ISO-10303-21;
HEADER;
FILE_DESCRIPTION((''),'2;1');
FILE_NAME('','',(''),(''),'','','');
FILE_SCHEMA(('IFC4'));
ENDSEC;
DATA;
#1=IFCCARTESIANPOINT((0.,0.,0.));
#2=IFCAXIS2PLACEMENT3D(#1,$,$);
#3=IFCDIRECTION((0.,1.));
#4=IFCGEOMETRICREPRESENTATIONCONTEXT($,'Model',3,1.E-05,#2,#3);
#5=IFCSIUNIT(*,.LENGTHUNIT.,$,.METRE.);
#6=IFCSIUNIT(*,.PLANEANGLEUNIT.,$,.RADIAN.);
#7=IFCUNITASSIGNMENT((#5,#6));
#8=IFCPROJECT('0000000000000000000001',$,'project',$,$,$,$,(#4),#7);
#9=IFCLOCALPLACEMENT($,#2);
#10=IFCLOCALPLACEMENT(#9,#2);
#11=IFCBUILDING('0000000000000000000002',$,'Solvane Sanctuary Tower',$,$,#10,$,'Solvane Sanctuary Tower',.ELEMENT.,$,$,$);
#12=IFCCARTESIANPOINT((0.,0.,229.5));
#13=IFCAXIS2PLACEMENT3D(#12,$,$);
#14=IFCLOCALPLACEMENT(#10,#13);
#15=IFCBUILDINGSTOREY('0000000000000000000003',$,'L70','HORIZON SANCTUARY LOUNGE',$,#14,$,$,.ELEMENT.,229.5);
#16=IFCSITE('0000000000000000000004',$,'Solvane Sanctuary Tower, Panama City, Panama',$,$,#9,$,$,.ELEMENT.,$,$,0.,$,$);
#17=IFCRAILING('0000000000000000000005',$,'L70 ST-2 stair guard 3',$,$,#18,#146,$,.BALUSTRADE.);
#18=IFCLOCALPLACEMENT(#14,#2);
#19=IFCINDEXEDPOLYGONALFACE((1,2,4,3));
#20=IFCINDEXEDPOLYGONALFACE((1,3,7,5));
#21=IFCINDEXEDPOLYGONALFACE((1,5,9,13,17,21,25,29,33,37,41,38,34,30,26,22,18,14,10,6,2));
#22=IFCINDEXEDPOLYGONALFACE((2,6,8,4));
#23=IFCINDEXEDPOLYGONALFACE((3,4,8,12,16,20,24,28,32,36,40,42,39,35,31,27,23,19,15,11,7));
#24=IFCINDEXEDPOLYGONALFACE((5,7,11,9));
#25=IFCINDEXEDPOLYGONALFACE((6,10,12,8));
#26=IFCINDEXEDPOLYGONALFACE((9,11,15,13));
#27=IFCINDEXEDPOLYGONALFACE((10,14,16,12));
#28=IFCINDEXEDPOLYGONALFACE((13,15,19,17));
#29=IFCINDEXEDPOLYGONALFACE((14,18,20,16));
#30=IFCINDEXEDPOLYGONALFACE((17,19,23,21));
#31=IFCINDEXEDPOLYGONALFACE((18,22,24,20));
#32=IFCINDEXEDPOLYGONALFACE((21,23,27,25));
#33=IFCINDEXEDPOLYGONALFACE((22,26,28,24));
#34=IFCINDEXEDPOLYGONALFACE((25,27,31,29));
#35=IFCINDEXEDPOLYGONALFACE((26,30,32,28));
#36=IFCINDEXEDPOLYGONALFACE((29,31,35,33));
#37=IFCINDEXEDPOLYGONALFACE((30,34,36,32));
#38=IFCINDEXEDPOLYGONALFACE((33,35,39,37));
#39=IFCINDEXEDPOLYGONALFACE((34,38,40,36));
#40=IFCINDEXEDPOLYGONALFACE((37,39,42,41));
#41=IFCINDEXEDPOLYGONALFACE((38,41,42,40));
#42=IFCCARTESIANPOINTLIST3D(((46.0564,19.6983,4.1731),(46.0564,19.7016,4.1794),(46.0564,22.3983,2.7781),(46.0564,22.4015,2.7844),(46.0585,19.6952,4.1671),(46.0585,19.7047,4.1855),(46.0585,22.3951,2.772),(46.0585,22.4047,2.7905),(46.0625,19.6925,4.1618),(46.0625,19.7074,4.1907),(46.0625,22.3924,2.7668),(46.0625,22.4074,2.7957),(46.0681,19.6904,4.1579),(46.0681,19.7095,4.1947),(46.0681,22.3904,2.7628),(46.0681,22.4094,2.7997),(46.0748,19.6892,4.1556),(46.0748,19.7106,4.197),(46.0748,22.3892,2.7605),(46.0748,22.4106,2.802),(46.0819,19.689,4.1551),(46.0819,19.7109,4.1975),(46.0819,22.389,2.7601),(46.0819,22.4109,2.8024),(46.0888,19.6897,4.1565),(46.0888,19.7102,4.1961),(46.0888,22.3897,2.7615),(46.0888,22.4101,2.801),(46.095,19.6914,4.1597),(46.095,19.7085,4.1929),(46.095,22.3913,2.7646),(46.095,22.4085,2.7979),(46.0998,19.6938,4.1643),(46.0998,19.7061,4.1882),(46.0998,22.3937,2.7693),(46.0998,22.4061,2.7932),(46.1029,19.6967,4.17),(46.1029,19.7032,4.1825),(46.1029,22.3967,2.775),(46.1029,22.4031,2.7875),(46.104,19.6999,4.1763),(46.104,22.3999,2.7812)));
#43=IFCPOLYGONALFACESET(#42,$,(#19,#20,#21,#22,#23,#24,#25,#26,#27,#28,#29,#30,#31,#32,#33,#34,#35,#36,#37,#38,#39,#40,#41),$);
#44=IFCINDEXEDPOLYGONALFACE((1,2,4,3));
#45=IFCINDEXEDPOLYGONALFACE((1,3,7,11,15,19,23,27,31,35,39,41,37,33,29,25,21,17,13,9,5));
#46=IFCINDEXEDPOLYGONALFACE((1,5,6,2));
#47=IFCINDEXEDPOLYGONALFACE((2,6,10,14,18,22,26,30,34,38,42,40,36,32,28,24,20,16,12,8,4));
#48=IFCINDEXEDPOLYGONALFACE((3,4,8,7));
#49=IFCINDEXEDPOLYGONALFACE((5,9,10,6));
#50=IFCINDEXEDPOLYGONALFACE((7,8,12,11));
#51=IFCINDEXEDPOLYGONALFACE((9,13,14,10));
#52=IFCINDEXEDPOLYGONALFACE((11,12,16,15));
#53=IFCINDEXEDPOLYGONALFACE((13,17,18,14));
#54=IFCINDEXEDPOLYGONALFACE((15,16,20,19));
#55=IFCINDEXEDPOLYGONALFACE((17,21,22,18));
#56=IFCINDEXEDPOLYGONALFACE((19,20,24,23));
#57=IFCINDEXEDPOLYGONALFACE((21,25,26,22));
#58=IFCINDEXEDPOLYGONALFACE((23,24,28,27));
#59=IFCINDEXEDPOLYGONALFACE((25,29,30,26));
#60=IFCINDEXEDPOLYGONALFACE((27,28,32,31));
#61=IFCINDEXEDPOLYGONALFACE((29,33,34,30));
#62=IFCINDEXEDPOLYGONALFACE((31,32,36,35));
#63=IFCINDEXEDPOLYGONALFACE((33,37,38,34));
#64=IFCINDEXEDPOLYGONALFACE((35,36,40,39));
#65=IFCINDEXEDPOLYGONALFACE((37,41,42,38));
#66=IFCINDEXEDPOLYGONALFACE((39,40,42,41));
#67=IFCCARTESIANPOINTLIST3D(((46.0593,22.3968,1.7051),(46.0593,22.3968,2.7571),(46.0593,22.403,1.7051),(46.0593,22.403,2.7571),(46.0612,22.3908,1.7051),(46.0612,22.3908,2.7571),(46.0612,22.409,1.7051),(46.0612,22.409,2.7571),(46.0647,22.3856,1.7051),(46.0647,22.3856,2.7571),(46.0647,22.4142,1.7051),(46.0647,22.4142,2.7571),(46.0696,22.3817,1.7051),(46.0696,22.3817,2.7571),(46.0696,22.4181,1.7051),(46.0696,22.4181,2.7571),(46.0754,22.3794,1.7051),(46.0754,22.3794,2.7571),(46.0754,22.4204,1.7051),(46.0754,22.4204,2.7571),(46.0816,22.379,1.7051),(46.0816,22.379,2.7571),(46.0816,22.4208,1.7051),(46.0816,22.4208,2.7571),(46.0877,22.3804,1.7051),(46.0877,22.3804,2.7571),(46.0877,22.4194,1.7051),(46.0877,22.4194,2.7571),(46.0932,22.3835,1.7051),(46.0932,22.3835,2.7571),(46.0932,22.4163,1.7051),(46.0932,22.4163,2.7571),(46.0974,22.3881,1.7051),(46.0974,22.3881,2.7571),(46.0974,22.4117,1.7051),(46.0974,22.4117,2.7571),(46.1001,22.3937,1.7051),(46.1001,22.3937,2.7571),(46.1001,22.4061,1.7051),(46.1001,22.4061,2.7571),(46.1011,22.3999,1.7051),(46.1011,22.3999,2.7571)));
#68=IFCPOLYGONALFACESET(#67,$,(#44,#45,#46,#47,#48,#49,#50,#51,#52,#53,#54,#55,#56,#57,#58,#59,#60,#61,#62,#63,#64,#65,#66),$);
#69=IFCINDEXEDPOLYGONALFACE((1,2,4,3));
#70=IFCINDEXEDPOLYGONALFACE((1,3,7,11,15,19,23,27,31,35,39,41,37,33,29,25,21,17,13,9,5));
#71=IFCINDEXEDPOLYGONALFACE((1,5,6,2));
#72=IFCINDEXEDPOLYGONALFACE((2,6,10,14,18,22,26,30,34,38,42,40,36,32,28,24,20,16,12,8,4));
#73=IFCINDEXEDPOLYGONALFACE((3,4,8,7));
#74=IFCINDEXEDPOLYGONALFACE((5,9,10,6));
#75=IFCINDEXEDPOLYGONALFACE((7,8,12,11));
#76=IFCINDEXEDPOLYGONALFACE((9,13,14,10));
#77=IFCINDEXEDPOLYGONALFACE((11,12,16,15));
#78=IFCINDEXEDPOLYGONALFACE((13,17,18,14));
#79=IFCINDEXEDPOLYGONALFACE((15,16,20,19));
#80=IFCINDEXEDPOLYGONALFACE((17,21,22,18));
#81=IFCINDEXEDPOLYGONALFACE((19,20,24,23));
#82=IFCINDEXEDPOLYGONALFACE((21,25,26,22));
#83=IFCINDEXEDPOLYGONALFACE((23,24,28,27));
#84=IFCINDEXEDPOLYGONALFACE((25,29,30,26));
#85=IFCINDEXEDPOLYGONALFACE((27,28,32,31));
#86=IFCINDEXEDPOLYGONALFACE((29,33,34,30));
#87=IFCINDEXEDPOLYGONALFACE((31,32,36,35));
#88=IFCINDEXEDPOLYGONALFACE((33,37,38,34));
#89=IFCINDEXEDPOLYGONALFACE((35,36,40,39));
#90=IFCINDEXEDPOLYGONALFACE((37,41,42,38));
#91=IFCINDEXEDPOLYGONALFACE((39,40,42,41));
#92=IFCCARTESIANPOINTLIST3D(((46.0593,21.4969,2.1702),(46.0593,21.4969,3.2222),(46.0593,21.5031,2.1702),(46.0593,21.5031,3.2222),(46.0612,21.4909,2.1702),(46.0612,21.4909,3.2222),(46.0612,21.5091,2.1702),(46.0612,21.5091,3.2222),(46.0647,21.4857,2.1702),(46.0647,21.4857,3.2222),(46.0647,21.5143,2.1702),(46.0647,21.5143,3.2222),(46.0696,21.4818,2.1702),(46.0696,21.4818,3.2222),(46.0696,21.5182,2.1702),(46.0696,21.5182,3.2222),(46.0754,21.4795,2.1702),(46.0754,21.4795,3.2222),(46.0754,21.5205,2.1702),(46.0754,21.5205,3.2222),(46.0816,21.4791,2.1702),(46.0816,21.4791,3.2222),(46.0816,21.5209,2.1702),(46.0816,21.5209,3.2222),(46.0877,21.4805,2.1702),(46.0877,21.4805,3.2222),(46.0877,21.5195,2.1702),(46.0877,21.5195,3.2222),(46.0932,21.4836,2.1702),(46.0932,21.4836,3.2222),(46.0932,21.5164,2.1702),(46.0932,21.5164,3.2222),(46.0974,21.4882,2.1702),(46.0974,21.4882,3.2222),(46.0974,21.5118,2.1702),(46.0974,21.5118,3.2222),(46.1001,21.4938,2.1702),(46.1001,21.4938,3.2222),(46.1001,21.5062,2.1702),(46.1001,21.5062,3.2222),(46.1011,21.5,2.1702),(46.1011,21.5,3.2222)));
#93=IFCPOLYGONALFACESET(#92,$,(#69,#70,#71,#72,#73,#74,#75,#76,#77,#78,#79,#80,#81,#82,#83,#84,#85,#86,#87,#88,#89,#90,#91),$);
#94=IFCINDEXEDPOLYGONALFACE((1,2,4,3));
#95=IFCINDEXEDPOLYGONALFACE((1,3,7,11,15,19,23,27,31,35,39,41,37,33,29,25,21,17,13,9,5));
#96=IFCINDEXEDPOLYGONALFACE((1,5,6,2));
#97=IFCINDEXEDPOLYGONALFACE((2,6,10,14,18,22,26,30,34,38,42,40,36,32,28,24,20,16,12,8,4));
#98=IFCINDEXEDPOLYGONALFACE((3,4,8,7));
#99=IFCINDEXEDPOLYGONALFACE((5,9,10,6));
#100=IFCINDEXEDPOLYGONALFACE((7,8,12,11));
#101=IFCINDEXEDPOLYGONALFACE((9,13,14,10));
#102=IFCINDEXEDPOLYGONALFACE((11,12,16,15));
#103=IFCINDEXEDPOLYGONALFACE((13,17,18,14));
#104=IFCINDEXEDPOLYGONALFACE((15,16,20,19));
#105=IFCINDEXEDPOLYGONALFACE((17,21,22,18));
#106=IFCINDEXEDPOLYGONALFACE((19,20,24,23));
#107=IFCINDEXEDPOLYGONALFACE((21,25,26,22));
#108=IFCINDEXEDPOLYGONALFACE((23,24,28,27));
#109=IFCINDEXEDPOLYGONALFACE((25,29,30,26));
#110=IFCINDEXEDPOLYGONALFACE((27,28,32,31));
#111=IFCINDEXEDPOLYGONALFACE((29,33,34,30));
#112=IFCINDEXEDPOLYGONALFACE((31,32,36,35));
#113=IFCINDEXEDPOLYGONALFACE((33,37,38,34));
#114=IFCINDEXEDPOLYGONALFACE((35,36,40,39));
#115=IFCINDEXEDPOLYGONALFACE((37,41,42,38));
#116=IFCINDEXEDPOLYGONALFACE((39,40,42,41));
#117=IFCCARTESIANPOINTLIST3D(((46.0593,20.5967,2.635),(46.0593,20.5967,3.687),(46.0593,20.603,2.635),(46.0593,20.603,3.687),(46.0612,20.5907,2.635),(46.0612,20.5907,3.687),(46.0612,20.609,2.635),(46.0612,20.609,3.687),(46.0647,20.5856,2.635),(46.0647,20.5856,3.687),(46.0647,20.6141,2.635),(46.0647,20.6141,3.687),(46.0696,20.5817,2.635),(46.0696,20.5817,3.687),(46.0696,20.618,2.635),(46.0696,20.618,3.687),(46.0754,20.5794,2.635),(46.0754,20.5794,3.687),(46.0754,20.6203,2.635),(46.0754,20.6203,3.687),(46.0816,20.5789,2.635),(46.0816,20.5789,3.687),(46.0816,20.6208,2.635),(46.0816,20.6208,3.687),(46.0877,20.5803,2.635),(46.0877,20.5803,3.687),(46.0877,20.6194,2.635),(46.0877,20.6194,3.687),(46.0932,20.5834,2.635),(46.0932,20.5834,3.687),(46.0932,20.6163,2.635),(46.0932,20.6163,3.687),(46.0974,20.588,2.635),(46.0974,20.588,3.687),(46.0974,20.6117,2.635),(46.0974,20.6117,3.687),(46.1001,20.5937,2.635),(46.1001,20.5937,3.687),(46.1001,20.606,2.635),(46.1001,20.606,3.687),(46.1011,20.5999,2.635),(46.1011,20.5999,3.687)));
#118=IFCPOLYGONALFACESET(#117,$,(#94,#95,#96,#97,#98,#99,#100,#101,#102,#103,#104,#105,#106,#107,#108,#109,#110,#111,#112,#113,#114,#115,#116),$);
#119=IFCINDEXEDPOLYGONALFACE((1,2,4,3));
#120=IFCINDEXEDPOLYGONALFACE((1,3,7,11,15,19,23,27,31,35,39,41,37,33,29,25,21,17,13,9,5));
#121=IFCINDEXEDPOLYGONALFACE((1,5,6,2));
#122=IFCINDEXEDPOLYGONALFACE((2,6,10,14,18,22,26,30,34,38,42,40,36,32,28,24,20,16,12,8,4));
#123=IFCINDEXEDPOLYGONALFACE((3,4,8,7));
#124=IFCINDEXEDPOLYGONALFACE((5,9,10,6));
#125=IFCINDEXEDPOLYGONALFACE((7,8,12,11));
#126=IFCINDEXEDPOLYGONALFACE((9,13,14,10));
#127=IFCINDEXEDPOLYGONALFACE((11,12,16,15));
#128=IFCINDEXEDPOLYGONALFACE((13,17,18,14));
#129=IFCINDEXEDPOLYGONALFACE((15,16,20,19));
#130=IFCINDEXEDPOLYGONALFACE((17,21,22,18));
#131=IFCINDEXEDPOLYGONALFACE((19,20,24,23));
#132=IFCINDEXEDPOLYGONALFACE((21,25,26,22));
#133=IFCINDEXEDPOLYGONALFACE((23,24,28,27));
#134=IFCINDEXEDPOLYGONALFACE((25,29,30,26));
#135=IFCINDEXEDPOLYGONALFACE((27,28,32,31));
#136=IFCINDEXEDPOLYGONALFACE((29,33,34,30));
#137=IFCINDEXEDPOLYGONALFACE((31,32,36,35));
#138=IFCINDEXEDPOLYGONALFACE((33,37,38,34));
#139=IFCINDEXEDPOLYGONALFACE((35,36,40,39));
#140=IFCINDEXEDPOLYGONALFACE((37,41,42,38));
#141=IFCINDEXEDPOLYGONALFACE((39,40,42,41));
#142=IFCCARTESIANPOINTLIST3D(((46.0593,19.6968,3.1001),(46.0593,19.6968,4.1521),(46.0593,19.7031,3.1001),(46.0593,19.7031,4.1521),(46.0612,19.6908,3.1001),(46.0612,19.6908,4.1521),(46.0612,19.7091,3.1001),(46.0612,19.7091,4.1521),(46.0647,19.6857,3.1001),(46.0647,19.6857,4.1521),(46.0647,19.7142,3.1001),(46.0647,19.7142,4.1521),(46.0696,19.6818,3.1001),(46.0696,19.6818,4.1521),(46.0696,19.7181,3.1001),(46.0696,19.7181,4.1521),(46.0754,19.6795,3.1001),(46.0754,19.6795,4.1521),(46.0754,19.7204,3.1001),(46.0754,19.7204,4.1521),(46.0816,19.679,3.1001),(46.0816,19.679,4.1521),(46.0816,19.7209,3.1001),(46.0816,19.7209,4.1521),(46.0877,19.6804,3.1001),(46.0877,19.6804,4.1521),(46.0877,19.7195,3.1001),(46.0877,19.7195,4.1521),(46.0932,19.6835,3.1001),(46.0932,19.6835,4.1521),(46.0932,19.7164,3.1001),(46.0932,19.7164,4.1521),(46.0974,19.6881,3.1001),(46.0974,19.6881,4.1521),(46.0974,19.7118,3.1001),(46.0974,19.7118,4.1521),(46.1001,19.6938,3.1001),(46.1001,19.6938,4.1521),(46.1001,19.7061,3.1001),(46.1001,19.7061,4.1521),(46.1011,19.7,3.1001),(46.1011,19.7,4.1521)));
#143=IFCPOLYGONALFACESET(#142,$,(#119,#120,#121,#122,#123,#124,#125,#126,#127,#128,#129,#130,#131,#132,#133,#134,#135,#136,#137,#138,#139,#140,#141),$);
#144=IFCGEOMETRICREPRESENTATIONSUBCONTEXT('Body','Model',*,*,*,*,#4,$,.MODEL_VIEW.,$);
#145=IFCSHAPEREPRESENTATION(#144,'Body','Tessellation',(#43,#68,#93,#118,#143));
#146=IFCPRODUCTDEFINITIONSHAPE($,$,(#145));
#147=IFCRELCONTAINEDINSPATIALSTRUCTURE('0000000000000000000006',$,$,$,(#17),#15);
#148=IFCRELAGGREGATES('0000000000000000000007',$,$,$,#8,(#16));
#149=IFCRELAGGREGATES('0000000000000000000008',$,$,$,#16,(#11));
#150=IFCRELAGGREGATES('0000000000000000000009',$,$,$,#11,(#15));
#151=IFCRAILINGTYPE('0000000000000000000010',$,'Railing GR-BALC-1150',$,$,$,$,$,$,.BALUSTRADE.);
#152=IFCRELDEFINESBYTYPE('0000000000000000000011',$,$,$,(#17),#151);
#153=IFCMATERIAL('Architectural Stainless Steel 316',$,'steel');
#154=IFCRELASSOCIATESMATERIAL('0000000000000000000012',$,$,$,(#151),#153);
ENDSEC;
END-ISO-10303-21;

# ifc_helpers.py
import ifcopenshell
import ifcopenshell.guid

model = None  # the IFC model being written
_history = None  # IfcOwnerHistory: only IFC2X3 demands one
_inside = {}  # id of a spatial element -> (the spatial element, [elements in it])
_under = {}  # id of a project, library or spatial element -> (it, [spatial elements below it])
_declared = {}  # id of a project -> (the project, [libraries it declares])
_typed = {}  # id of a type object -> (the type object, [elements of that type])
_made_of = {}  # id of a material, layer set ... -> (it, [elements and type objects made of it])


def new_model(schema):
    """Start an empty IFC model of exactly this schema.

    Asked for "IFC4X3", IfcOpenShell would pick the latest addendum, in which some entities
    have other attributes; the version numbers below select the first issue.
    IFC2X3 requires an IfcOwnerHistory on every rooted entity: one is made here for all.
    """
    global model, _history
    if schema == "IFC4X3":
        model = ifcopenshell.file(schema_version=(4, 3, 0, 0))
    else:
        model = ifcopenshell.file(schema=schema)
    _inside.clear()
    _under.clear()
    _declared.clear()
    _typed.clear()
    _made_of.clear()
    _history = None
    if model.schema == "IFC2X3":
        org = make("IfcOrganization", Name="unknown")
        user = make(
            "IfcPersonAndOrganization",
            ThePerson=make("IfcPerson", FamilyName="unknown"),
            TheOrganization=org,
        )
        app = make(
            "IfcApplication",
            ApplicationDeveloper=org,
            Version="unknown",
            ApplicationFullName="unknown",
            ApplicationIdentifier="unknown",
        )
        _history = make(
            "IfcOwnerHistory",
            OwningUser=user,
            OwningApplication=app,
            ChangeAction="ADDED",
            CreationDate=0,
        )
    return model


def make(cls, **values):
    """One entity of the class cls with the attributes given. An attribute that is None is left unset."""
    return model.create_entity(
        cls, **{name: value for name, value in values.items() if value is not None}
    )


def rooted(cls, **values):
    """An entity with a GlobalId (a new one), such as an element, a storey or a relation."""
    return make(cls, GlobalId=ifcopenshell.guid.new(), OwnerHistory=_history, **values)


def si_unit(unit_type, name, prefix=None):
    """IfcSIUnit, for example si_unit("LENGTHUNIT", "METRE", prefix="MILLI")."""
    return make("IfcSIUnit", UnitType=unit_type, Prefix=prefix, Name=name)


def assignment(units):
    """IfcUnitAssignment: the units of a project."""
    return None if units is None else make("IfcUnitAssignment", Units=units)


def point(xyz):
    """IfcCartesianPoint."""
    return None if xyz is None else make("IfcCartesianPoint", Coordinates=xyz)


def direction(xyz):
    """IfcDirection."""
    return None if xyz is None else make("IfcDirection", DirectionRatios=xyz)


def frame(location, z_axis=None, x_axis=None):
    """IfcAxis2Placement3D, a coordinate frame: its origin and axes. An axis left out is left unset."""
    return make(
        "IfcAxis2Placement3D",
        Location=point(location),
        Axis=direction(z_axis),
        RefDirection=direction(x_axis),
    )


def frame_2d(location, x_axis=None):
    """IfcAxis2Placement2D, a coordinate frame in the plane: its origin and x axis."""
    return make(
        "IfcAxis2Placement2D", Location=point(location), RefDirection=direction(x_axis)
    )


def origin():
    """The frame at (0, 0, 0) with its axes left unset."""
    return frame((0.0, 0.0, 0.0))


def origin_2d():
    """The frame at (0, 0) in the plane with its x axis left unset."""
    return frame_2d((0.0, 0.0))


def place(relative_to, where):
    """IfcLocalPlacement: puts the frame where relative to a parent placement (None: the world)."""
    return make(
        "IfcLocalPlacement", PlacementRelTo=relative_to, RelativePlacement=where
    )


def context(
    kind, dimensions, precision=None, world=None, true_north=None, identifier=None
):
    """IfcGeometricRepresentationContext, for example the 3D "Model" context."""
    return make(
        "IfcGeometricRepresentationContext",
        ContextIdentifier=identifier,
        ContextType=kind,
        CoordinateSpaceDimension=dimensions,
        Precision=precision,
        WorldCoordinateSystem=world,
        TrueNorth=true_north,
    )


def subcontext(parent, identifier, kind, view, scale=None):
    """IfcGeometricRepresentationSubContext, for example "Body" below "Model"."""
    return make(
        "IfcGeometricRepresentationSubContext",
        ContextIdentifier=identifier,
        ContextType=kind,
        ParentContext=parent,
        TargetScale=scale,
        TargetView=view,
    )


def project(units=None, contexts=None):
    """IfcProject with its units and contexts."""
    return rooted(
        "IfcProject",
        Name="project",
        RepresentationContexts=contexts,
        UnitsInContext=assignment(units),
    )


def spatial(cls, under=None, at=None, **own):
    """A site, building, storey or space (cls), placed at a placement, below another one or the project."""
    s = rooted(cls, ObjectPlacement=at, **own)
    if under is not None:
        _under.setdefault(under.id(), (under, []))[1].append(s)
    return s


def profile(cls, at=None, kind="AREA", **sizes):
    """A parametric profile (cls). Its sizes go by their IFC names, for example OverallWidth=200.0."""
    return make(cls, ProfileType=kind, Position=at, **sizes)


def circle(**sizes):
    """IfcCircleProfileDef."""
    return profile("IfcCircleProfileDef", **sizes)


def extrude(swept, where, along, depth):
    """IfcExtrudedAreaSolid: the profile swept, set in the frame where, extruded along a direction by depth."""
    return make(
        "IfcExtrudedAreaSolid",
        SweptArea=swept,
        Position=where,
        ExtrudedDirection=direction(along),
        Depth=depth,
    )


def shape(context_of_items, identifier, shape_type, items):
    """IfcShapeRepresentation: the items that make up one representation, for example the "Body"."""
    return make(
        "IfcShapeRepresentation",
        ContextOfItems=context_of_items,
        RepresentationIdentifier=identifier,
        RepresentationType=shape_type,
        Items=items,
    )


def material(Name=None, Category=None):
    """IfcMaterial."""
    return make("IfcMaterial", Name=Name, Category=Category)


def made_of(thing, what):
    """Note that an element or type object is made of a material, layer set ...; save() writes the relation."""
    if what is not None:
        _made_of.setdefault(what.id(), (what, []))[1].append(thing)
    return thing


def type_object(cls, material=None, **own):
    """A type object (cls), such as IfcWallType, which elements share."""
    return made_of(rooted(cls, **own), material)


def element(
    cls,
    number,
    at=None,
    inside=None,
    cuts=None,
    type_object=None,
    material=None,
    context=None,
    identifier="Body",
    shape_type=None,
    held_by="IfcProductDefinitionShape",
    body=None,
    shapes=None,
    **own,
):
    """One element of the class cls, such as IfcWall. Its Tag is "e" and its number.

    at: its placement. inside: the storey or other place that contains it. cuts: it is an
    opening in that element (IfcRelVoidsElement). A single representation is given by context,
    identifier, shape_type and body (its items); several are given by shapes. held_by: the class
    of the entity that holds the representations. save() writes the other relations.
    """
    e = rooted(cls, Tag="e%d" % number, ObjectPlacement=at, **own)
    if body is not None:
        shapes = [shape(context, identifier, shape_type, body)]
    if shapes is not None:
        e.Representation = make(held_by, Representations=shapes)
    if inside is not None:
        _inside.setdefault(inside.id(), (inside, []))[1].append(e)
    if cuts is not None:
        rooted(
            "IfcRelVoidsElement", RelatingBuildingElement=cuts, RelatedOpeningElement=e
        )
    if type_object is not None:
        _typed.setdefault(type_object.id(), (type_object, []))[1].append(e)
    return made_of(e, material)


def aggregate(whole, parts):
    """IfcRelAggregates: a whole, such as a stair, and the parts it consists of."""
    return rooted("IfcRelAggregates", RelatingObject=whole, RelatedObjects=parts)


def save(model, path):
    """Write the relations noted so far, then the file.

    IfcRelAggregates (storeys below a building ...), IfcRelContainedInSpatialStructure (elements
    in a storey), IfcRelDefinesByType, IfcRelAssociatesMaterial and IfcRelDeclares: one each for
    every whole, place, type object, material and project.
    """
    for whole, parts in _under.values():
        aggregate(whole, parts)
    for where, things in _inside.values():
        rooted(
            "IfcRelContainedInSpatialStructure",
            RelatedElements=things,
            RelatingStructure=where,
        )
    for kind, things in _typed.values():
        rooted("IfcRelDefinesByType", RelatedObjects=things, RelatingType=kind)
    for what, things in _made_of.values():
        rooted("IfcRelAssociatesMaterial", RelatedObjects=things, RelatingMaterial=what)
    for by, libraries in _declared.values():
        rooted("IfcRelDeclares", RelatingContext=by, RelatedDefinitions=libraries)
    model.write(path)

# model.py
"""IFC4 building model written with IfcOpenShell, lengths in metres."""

from ifc_helpers import new_model, si_unit, direction, frame, origin, origin_2d, place, context, subcontext, project, spatial, circle, extrude, material, type_object, element, save


model = new_model("IFC4")

# Units and contexts
model_context = context("Model", 3, precision=1e-05, world=origin(), true_north=direction((0.0, 1.0)))
body_context = subcontext(model_context, "Body", "Model", "MODEL_VIEW")
ifc_project = project(units=[si_unit("LENGTHUNIT", "METRE"), si_unit("PLANEANGLEUNIT", "RADIAN")], contexts=[model_context])

# Site, building, storey
site_placement = place(None, origin())
site = spatial("IfcSite", under=ifc_project, at=site_placement, Name="Solvane Sanctuary Tower, Panama City, Panama", CompositionType="ELEMENT", RefElevation=0.0)
building_placement = place(site_placement, origin())
building = spatial("IfcBuilding", under=site, at=building_placement, Name="Solvane Sanctuary Tower", LongName="Solvane Sanctuary Tower", CompositionType="ELEMENT")
storey_placement = place(building_placement, frame((0.0, 0.0, 229.5)))
storey = spatial("IfcBuildingStorey", under=building, at=storey_placement, Name="L70", Description="HORIZON SANCTUARY LOUNGE", CompositionType="ELEMENT", Elevation=229.5)

# Shared definitions
ifc_material_1 = material(Name="Architectural Stainless Steel 316", Category="steel")

# Railing
railing_type = type_object("IfcRailingType", Name="Railing GR-BALC-1150", PredefinedType="BALUSTRADE", material=ifc_material_1)
railing_1_placement = place(storey_placement, frame((46.0801, 22.3999, 1.7051)))
element("IfcRailing", 1, at=railing_1_placement, inside=storey, type_object=railing_type, Name="L70 ST-2 stair guard 3", PredefinedType="BALUSTRADE", context=body_context, shape_type="SweptSolid", body=[
    extrude(circle(Radius=0.0239, at=origin_2d()), frame((0.0, 0.0, 1.0762), z_axis=(0.0, -0.88842, 0.459032), x_axis=(1.0, 0.0, 0.0)), (0.0, 0.0, 1.0), 3.0391),
    extrude(circle(Radius=0.021, at=origin_2d()), origin(), (0.0, 0.0, 1.0), 1.052),
    extrude(circle(Radius=0.021, at=origin_2d()), frame((0.0, -0.8999, 0.4651)), (0.0, 0.0, 1.0), 1.052),
    extrude(circle(Radius=0.021, at=origin_2d()), frame((0.0, -1.8, 0.9299)), (0.0, 0.0, 1.0), 1.052),
    extrude(circle(Radius=0.021, at=origin_2d()), frame((0.0, -2.7, 1.395)), (0.0, 0.0, 1.0), 1.052),
])

save(model, "model.ifc")
